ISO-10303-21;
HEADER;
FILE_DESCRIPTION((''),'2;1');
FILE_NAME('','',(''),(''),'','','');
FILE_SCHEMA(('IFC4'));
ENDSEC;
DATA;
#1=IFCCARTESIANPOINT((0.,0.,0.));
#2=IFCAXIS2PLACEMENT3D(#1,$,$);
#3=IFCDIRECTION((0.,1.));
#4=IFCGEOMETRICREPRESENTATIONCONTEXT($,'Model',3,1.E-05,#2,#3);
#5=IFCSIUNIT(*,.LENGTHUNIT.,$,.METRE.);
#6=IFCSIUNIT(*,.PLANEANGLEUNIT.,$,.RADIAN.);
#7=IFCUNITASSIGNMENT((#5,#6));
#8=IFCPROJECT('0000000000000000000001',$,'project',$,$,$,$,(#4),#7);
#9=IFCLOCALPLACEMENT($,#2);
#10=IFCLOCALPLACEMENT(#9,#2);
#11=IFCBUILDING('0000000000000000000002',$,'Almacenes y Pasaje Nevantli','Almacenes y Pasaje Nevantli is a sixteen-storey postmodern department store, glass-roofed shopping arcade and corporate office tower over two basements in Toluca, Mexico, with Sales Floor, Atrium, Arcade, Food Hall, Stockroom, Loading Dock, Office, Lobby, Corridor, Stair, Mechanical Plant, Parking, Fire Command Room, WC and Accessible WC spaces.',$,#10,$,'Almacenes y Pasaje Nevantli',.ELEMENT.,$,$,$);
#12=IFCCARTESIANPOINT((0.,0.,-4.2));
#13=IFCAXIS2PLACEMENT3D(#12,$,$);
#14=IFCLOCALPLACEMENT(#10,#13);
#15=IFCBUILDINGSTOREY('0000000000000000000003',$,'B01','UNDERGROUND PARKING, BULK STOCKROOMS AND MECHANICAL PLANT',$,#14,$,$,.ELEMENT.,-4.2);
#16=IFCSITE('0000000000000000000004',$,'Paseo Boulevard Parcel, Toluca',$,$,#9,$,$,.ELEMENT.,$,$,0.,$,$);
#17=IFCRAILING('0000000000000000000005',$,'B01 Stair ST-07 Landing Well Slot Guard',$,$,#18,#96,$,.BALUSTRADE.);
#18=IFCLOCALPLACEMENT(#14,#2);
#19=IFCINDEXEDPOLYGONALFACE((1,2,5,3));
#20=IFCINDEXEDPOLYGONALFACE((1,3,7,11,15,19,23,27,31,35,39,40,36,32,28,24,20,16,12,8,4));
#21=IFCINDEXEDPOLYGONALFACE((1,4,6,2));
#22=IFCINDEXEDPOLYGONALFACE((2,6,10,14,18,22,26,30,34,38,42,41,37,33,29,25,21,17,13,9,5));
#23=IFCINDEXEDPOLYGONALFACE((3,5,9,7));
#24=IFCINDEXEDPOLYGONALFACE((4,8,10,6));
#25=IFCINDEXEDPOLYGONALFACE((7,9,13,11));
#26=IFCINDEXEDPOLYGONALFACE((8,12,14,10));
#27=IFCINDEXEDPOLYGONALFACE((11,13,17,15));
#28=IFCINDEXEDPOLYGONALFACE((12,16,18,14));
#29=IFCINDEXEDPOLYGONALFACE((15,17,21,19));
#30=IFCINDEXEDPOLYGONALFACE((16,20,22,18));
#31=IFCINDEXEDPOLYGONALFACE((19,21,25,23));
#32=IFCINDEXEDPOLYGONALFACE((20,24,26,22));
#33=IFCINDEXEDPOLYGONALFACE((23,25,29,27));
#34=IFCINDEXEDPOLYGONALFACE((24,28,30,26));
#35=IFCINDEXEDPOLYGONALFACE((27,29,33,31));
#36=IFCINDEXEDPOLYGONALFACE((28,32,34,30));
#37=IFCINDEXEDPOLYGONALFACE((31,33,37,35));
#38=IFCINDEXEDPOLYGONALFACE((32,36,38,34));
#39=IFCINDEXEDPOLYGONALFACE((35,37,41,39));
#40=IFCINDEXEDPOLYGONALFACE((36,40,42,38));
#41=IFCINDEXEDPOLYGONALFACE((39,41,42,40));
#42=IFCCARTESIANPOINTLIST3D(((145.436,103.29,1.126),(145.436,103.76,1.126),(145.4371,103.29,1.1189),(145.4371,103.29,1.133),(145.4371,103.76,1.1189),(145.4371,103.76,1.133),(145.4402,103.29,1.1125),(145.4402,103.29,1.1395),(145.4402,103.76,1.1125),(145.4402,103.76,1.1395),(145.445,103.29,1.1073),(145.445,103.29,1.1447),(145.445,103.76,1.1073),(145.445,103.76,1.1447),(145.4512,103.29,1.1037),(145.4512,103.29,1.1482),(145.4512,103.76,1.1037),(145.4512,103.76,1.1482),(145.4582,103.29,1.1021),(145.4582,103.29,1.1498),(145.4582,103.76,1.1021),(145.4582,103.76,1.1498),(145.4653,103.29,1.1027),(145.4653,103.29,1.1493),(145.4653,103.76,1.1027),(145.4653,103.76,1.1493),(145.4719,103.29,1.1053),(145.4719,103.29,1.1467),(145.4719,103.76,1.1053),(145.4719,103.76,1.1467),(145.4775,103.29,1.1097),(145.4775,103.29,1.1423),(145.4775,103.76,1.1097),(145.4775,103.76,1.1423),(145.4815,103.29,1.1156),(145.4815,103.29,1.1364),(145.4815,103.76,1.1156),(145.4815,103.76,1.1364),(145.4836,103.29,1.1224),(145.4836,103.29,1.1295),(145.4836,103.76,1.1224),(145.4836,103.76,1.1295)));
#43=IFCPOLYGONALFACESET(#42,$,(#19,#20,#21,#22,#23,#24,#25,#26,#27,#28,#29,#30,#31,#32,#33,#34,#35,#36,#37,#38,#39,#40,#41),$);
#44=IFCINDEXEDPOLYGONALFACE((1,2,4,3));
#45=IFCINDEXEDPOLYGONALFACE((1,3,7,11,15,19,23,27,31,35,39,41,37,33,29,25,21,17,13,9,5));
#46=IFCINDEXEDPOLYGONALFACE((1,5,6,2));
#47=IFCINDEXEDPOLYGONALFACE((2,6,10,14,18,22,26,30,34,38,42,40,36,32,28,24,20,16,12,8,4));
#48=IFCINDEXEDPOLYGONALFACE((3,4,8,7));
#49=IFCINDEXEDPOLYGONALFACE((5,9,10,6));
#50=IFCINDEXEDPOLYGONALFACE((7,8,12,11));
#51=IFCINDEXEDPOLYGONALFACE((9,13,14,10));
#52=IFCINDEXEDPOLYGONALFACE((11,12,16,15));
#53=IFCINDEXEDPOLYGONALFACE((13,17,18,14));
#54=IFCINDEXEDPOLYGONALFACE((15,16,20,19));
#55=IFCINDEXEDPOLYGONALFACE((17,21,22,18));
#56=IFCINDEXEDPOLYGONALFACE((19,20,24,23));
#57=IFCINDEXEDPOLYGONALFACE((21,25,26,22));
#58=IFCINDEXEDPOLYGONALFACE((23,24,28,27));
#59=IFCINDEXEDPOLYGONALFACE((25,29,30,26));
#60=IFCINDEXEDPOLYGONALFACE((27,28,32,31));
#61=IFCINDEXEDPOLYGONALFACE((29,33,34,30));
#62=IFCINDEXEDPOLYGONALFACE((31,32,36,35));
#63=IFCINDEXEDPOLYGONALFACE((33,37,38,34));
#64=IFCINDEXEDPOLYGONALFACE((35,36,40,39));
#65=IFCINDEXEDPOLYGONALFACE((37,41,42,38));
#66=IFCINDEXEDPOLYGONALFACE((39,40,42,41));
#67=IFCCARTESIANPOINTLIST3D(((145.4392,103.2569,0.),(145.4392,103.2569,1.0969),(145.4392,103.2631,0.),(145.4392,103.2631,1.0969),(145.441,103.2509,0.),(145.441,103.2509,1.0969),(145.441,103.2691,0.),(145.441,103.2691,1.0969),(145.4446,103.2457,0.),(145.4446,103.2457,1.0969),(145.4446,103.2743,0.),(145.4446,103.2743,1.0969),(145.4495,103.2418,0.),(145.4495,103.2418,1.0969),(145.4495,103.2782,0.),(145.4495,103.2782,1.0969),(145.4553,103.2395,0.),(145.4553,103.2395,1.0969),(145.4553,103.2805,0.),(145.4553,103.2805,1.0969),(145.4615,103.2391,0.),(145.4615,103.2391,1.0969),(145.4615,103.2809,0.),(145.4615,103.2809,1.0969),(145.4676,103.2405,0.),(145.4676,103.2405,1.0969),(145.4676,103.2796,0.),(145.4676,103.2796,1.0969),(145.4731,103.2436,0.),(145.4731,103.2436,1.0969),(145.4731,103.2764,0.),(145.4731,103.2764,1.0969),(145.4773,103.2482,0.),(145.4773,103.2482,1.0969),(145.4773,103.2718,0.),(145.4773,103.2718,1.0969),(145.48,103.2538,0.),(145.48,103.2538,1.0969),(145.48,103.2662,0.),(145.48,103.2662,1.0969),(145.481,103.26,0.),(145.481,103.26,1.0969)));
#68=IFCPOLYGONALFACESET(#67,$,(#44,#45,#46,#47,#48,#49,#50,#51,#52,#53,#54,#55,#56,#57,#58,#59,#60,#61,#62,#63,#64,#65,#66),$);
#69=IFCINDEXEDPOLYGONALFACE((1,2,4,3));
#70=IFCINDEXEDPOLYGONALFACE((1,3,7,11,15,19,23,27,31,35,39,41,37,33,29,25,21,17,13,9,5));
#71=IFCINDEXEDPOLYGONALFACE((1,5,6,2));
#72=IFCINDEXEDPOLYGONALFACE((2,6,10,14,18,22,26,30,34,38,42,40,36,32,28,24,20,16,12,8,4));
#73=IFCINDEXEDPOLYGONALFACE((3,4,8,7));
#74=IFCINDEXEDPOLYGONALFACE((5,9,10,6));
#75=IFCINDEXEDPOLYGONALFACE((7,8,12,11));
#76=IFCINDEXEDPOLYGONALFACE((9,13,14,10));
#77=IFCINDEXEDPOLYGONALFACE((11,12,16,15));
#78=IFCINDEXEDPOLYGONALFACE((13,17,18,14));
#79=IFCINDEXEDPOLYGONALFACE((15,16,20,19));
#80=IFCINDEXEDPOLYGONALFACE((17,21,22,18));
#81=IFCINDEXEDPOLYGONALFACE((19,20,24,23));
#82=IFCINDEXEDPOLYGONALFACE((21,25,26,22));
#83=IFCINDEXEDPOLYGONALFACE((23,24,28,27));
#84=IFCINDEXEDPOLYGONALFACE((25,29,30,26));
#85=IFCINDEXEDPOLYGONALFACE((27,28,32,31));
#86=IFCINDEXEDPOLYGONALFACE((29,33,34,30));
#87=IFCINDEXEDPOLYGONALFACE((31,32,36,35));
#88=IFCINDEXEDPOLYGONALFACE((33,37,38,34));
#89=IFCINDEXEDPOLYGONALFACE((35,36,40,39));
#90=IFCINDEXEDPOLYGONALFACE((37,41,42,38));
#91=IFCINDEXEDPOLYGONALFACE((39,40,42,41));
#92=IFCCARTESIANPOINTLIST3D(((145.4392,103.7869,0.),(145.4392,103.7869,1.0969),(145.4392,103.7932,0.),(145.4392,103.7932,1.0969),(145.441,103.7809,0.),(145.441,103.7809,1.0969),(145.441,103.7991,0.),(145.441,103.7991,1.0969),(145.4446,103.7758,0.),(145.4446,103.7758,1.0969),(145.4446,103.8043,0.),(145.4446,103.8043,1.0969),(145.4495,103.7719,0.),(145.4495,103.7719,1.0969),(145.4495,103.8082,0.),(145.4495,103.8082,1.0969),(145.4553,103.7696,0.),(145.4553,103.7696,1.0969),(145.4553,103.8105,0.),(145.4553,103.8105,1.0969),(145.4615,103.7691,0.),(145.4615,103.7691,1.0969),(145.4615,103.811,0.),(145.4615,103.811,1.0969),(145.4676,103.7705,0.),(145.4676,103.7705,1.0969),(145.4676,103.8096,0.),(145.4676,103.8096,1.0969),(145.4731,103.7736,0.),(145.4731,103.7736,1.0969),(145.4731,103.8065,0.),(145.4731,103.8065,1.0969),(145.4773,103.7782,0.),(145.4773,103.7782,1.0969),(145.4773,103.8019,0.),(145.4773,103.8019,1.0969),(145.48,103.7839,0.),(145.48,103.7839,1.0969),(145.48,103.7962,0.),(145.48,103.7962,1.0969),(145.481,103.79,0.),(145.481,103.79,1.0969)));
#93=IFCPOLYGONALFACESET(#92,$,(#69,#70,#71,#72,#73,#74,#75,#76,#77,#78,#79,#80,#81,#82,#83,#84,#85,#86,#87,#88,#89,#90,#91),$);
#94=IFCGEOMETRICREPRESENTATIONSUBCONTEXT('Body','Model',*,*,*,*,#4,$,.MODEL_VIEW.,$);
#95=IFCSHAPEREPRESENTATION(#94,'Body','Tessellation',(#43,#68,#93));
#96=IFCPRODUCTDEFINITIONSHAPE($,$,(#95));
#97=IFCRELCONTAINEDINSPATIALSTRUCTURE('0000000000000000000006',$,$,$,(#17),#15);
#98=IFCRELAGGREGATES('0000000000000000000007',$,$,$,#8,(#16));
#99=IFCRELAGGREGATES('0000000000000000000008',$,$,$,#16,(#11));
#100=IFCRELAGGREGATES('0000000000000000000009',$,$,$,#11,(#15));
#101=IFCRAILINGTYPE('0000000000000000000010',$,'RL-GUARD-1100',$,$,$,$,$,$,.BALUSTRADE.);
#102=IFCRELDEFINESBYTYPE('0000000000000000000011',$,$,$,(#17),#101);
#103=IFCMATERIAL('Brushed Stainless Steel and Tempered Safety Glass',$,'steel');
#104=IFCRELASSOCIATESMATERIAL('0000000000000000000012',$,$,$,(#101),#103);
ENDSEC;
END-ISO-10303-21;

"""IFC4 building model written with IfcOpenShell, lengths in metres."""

from ifc_helpers import new_model, si_unit, direction, frame, origin, origin_2d, place, context, subcontext, project, spatial, circle, extrude, material, type_object, element, save


model = new_model("IFC4")

# Units and contexts
model_context = context("Model", 3, precision=1e-05, world=origin(), true_north=direction((0.0, 1.0)))
body_context = subcontext(model_context, "Body", "Model", "MODEL_VIEW")
ifc_project = project(units=[si_unit("LENGTHUNIT", "METRE"), si_unit("PLANEANGLEUNIT", "RADIAN")], contexts=[model_context])

# Site, building, storey
site_placement = place(None, origin())
site = spatial("IfcSite", under=ifc_project, at=site_placement, Name="Paseo Boulevard Parcel, Toluca", CompositionType="ELEMENT", RefElevation=0.0)
building_placement = place(site_placement, origin())
building = spatial("IfcBuilding", under=site, at=building_placement, Name="Almacenes y Pasaje Nevantli", Description="Almacenes y Pasaje Nevantli is a sixteen-storey postmodern department store, glass-roofed shopping arcade and corporate office tower over two basements in Toluca, Mexico, with Sales Floor, Atrium, Arcade, Food Hall, Stockroom, Loading Dock, Office, Lobby, Corridor, Stair, Mechanical Plant, Parking, Fire Command Room, WC and Accessible WC spaces.", LongName="Almacenes y Pasaje Nevantli", CompositionType="ELEMENT")
storey_placement = place(building_placement, frame((0.0, 0.0, -4.2)))
storey = spatial("IfcBuildingStorey", under=building, at=storey_placement, Name="B01", Description="UNDERGROUND PARKING, BULK STOCKROOMS AND MECHANICAL PLANT", CompositionType="ELEMENT", Elevation=-4.2)

# Railing
ifc_material_1 = material(Name="Brushed Stainless Steel and Tempered Safety Glass", Category="steel")
railing_type = type_object("IfcRailingType", Name="RL-GUARD-1100", PredefinedType="BALUSTRADE", material=ifc_material_1)
railing_placement = place(storey_placement, frame((145.46, 103.26, 0.0)))
element("IfcRailing", 1, at=railing_placement, inside=storey, type_object=railing_type, Name="B01 Stair ST-07 Landing Well Slot Guard", PredefinedType="BALUSTRADE", context=body_context, shape_type="SweptSolid", body=[
    extrude(circle(Radius=0.0239, at=origin_2d()), frame((0.0, 0.03, 1.126), z_axis=(0.0, 1.0, 0.0), x_axis=(-1.0, 0.0, 0.0)), (0.0, 0.0, 1.0), 0.47),
    extrude(circle(Radius=0.021, at=origin_2d()), origin(), (0.0, 0.0, 1.0), 1.0969),
    extrude(circle(Radius=0.021, at=origin_2d()), frame((0.0, 0.53, 0.0)), (0.0, 0.0, 1.0), 1.0969),
])

save(model, "model.ifc")
